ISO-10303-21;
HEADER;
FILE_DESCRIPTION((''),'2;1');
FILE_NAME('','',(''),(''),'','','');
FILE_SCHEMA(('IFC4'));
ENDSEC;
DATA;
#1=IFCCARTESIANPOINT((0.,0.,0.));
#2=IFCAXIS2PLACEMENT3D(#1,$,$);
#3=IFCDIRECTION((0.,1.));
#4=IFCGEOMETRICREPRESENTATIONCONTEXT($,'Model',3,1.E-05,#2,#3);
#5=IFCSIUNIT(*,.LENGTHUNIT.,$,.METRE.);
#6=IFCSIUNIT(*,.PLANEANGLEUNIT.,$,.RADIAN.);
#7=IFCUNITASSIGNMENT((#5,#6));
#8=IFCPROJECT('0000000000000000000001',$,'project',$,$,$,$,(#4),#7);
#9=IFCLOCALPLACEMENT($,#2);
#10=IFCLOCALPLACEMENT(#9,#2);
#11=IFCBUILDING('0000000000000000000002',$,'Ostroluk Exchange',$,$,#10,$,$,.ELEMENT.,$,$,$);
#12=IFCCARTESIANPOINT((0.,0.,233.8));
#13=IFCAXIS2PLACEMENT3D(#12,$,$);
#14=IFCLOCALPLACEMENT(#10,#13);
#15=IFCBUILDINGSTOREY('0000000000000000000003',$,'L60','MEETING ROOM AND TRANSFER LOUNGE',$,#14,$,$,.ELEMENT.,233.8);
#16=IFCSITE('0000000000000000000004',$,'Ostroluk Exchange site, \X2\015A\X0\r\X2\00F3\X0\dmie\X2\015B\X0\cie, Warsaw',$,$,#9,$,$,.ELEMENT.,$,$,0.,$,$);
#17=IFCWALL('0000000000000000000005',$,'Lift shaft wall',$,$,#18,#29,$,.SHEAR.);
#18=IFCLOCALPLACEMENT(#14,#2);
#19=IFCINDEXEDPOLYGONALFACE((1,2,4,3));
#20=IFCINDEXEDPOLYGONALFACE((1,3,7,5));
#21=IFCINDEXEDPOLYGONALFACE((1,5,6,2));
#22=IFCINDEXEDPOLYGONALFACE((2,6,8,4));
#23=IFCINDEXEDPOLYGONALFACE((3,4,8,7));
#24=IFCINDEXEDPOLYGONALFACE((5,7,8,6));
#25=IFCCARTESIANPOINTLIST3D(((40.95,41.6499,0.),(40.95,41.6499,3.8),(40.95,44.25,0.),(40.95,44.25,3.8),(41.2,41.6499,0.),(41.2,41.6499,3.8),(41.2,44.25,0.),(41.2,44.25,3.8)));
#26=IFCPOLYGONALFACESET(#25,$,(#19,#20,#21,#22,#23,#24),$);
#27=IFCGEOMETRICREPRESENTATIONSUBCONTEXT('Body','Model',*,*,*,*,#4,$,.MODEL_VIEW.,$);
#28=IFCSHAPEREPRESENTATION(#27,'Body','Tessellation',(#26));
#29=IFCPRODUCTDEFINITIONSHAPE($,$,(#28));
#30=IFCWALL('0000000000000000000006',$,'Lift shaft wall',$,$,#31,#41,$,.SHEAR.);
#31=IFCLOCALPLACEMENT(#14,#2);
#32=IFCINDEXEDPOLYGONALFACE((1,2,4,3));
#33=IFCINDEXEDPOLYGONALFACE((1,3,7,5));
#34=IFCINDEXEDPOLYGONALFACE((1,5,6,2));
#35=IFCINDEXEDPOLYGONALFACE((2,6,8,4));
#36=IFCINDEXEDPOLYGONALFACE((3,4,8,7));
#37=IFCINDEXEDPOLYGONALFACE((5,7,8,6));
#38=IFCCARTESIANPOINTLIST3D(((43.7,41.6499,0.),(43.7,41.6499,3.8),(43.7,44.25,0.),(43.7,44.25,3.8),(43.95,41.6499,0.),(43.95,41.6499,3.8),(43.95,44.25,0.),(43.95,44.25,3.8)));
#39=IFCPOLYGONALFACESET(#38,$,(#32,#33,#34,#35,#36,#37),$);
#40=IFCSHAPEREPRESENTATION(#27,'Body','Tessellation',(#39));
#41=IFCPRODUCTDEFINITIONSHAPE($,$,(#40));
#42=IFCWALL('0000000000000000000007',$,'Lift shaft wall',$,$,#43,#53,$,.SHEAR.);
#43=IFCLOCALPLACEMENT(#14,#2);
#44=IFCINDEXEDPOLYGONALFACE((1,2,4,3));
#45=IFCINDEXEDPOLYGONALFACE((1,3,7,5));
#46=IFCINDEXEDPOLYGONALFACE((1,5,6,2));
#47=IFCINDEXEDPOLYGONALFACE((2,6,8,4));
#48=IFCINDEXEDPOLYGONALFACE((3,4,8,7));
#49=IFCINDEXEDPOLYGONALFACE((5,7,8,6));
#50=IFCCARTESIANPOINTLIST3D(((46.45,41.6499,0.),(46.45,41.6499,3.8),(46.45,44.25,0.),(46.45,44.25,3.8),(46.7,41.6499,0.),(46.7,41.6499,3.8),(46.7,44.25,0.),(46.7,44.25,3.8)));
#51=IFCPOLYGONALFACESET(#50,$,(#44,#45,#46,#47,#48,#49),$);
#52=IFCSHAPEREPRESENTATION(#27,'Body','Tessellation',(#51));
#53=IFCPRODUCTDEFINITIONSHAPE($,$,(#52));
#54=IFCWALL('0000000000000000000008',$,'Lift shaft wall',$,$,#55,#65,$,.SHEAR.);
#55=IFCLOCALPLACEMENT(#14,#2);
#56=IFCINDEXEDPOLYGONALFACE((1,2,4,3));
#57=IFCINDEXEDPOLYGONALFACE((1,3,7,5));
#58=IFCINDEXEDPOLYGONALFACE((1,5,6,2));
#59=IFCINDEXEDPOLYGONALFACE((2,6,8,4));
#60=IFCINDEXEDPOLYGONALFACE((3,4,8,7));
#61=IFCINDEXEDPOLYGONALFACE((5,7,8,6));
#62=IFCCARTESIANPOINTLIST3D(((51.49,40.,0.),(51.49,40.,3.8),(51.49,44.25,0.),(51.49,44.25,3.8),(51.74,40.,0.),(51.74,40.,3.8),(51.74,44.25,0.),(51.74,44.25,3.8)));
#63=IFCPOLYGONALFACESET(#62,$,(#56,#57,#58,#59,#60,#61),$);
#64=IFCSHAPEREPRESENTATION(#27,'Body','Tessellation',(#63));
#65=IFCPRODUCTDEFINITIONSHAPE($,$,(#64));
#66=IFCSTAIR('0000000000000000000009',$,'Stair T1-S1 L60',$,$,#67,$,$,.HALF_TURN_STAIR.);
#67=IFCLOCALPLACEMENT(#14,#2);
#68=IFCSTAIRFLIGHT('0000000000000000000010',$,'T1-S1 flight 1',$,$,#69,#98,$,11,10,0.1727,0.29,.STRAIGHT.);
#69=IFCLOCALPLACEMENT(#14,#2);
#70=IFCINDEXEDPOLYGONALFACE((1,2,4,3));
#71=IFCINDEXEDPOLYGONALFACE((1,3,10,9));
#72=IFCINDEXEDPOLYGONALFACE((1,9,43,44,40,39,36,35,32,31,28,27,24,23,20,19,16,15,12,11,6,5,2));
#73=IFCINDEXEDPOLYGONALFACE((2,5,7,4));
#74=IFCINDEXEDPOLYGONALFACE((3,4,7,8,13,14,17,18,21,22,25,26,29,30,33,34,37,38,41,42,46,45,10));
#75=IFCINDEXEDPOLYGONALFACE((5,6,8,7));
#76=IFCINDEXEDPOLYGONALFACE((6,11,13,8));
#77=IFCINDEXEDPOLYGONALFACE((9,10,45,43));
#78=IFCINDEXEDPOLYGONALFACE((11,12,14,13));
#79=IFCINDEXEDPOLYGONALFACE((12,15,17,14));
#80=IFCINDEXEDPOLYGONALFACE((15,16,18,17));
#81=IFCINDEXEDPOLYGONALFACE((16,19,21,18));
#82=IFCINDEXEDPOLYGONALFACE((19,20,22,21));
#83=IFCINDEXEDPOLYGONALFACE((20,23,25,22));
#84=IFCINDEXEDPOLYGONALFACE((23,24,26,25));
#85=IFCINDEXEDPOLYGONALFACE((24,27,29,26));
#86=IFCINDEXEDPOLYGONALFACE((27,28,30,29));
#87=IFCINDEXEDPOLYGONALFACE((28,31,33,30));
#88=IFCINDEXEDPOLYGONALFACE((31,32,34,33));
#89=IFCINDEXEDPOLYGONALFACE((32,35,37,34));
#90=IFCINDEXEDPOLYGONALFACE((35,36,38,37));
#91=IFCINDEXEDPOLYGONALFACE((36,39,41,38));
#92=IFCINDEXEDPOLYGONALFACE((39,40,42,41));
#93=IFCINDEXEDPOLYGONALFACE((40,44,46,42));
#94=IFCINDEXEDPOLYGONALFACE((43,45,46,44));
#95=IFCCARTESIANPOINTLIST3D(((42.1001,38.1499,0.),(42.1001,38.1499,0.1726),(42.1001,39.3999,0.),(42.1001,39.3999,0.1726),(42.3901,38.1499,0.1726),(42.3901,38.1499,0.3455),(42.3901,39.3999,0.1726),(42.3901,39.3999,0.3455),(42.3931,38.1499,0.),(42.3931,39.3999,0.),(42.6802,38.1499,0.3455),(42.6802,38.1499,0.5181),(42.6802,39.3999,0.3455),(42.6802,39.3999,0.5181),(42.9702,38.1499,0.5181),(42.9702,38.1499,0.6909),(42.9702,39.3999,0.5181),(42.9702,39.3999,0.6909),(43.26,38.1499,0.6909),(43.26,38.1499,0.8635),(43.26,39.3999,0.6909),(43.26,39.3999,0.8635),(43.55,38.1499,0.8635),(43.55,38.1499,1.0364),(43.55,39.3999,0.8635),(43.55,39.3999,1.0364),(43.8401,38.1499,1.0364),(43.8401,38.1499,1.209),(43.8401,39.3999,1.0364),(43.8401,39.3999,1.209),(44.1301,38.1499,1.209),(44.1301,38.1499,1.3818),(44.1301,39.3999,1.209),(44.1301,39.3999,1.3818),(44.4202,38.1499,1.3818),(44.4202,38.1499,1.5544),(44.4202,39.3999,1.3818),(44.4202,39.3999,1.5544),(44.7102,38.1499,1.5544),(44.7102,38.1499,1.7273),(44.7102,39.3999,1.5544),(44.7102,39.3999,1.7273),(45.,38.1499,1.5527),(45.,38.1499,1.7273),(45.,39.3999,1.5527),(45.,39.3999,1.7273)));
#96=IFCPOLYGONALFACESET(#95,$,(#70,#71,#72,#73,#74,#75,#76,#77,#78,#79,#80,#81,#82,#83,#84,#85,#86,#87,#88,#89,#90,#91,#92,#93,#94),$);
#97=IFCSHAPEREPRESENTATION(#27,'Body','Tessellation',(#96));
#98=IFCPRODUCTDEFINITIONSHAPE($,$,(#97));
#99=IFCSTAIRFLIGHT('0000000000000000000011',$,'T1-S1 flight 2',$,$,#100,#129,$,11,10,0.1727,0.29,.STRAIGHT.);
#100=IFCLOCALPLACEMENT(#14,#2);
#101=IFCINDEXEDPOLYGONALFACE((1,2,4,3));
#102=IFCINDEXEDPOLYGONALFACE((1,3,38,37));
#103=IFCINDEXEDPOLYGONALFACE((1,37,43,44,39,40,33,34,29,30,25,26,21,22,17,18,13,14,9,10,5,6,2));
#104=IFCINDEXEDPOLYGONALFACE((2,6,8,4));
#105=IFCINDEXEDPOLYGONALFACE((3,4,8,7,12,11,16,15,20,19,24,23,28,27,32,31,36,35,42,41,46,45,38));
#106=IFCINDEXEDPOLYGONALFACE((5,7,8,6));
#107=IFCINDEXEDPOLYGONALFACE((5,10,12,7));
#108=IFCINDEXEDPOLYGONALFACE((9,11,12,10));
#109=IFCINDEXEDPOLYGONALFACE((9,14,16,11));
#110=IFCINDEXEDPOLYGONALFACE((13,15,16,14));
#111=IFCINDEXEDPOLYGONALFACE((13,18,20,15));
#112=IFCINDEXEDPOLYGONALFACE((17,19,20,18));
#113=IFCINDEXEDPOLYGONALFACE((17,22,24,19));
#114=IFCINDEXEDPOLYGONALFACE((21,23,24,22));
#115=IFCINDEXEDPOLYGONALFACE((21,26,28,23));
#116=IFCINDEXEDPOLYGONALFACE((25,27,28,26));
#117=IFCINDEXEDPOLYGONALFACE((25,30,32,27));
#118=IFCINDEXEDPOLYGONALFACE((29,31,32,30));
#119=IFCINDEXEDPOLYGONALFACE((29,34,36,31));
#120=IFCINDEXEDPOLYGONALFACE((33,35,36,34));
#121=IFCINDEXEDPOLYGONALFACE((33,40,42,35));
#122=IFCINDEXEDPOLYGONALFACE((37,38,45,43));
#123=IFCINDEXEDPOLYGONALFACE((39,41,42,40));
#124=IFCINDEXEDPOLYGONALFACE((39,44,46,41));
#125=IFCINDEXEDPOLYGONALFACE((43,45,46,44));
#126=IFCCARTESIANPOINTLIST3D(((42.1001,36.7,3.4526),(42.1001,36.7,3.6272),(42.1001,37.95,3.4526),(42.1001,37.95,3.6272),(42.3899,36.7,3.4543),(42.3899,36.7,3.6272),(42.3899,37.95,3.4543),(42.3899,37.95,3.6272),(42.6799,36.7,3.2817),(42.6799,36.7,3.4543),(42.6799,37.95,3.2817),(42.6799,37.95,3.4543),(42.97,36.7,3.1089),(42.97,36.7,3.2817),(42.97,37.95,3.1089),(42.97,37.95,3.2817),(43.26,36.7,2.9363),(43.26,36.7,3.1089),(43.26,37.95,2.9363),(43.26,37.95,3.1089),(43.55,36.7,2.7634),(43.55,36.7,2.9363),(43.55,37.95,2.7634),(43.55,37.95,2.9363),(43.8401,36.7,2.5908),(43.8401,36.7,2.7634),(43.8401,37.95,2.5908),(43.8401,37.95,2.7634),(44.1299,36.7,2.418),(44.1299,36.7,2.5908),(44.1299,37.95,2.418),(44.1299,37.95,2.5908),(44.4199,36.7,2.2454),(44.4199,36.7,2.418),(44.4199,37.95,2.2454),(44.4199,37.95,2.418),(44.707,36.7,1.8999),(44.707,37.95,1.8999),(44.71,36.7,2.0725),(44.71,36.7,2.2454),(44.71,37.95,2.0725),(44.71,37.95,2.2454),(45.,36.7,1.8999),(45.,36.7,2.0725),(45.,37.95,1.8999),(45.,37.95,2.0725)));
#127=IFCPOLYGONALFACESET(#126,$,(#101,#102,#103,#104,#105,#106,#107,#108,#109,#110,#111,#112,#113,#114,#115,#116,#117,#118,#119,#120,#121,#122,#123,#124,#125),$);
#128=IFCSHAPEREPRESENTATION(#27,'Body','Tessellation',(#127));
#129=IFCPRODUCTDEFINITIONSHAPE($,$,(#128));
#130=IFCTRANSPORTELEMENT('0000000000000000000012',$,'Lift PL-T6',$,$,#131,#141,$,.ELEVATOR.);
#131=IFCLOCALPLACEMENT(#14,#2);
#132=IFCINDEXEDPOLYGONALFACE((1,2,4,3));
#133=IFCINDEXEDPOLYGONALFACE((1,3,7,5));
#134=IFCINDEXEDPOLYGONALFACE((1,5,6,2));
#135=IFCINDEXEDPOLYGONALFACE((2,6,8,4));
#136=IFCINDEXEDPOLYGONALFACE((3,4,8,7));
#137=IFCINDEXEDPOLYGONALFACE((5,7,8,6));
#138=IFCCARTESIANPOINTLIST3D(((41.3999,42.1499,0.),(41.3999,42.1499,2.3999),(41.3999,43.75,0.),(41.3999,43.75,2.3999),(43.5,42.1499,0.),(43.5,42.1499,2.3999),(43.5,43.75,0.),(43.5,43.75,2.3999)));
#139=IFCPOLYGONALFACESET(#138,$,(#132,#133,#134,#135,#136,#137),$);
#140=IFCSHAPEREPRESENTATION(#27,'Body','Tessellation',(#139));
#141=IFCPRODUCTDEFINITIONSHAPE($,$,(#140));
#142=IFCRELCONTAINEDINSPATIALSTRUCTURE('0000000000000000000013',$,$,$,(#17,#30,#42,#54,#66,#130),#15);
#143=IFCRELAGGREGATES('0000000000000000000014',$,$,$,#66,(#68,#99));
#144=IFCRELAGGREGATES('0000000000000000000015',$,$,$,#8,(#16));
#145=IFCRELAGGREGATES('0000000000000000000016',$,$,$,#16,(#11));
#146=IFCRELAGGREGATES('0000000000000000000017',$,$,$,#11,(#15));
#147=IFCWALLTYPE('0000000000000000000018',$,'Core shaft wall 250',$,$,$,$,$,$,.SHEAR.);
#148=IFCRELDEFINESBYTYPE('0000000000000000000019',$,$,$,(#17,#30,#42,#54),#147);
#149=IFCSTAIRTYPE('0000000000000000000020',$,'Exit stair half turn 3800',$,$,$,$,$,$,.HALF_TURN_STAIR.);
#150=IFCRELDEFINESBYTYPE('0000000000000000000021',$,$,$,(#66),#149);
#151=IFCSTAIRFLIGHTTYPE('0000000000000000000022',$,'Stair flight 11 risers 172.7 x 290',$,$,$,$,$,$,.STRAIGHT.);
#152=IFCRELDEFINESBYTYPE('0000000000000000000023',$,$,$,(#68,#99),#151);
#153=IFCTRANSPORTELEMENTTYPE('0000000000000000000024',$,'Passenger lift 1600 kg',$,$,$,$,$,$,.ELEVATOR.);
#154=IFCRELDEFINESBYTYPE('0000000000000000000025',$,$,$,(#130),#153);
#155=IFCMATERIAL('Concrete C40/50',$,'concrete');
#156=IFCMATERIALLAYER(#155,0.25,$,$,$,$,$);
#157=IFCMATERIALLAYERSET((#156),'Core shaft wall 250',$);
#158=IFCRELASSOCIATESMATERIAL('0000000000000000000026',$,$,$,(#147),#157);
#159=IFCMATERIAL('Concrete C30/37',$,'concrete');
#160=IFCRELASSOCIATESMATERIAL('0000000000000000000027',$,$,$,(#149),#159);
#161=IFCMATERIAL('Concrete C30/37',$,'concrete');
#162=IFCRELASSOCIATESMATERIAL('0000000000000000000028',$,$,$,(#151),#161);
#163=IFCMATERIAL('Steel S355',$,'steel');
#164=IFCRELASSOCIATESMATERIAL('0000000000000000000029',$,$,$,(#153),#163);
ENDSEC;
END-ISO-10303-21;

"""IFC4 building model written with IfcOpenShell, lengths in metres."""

from ifc_helpers import new_model, si_unit, direction, frame, frame_2d, origin, origin_2d, place, context, subcontext, project, spatial, polyline, rectangle, outline, extrude, material, layer, layer_set, type_object, element, aggregate, save


model = new_model("IFC4")

# Units and contexts
model_context = context("Model", 3, precision=1e-05, world=origin(), true_north=direction((0.0, 1.0)))
body_context = subcontext(model_context, "Body", "Model", "MODEL_VIEW")
ifc_project = project(units=[si_unit("LENGTHUNIT", "METRE"), si_unit("PLANEANGLEUNIT", "RADIAN")], contexts=[model_context])

# Site, building, storey
site_placement = place(None, origin())
site = spatial("IfcSite", under=ifc_project, at=site_placement, Name="Ostroluk Exchange site, Śródmieście, Warsaw", CompositionType="ELEMENT", RefElevation=0.0)
building_placement = place(site_placement, origin())
building = spatial("IfcBuilding", under=site, at=building_placement, Name="Ostroluk Exchange", CompositionType="ELEMENT")
storey_placement = place(building_placement, frame((0.0, 0.0, 233.8)))
storey = spatial("IfcBuildingStorey", under=building, at=storey_placement, Name="L60", Description="MEETING ROOM AND TRANSFER LOUNGE", CompositionType="ELEMENT", Elevation=233.8)

# Shared definitions
ifc_material_1 = material(Name="Concrete C40/50", Category="concrete")
ifc_layer_1 = layer(ifc_material_1, 0.25)
ifc_layer_set_1 = layer_set([ifc_layer_1], Name="Core shaft wall 250")
wall_type_1 = type_object("IfcWallType", Name="Core shaft wall 250", PredefinedType="SHEAR", material=ifc_layer_set_1)

# Walls
for number, where, z_axis, x_axis, name in (
    (1, (41.075, 44.25, 0.0), (0.0, 0.0, 1.0), (0.0, -1.0, 0.0), "Lift shaft wall"),
    (2, (43.825, 44.25, 0.0), (0.0, 0.0, 1.0), (0.0, -1.0, 0.0), "Lift shaft wall"),
    (3, (46.575, 44.25, 0.0), (0.0, 0.0, 1.0), (0.0, -1.0, 0.0), "Lift shaft wall"),
):
    element("IfcWall", number, at=place(storey_placement, frame(where, z_axis=z_axis, x_axis=x_axis)), inside=storey, type_object=wall_type_1, Name=name, PredefinedType="SHEAR", context=body_context, shape_type="SweptSolid", body=[
        extrude(rectangle(XDim=2.6001, YDim=0.25, at=frame_2d((1.3, 0.0))), origin(), (0.0, 0.0, 1.0), 3.8),
    ])
wall_1_placement = place(storey_placement, frame((51.615, 44.25, 0.0), z_axis=(0.0, 0.0, 1.0), x_axis=(0.0, -1.0, 0.0)))
element("IfcWall", 4, at=wall_1_placement, inside=storey, type_object=wall_type_1, Name="Lift shaft wall", PredefinedType="SHEAR", context=body_context, shape_type="SweptSolid", body=[
    extrude(rectangle(XDim=4.25, YDim=0.25, at=frame_2d((2.125, 0.0))), origin(), (0.0, 0.0, 1.0), 3.8),
])

# Stair, stair flights
ifc_material_2 = material(Name="Concrete C30/37", Category="concrete")
stair_type = type_object("IfcStairType", Name="Exit stair half turn 3800", PredefinedType="HALF_TURN_STAIR", material=ifc_material_2)
stair_placement = place(storey_placement, origin())
stair = element("IfcStair", 5, at=stair_placement, inside=storey, type_object=stair_type, Name="Stair T1-S1 L60", PredefinedType="HALF_TURN_STAIR")
ifc_material_3 = material(Name="Concrete C30/37", Category="concrete")
stair_flight_type = type_object("IfcStairFlightType", Name="Stair flight 11 risers 172.7 x 290", PredefinedType="STRAIGHT", material=ifc_material_3)
stair_flight_1_placement = place(storey_placement, frame((42.1001, 38.7749, 0.0), z_axis=(0.0, 0.0, 1.0), x_axis=(1.0, 0.0, 0.0)))
stair_flight_1 = element("IfcStairFlight", 6, at=stair_flight_1_placement, type_object=stair_flight_type, Name="T1-S1 flight 1", NumberOfRisers=11, NumberOfTreads=10, PredefinedType="STRAIGHT", RiserHeight=0.1727, TreadLength=0.29, context=body_context, shape_type="SweptSolid", body=[
    extrude(outline(polyline([(0.0, 0.0), (0.0, 0.1726), (0.29, 0.1726), (0.29, 0.3455), (0.5801, 0.3455), (0.5801, 0.5181), (0.8701, 0.5181), (0.8701, 0.6909), (1.1599, 0.6909), (1.1599, 0.8635), (1.45, 0.8635), (1.45, 1.0364), (1.74, 1.0364), (1.74, 1.209), (2.03, 1.209), (2.03, 1.3818), (2.3201, 1.3818), (2.3201, 1.5544), (2.6101, 1.5544), (2.6101, 1.7273), (2.8999, 1.7273), (2.8999, 1.8999), (2.8999, 1.5527), (0.293, 0.0), (0.0, 0.0)])), frame((0.0, 0.625, 0.0), z_axis=(0.0, -1.0, 0.0), x_axis=(1.0, 0.0, 0.0)), (0.0, 0.0, 1.0), 1.25),
])
stair_flight_2_placement = place(storey_placement, frame((45.0, 37.325, 1.8999), z_axis=(0.0, 0.0, 1.0), x_axis=(-1.0, 0.0, 0.0)))
stair_flight_2 = element("IfcStairFlight", 7, at=stair_flight_2_placement, type_object=stair_flight_type, Name="T1-S1 flight 2", NumberOfRisers=11, NumberOfTreads=10, PredefinedType="STRAIGHT", RiserHeight=0.1727, TreadLength=0.29, context=body_context, shape_type="SweptSolid", body=[
    extrude(outline(polyline([(0.0, 0.0), (0.0, 0.1726), (0.29, 0.1726), (0.29, 0.3455), (0.5801, 0.3455), (0.5801, 0.5181), (0.8701, 0.5181), (0.8701, 0.6909), (1.1599, 0.6909), (1.1599, 0.8635), (1.45, 0.8635), (1.45, 1.0364), (1.74, 1.0364), (1.74, 1.209), (2.03, 1.209), (2.03, 1.3818), (2.3201, 1.3818), (2.3201, 1.5544), (2.6101, 1.5544), (2.6101, 1.7273), (2.8999, 1.7273), (2.8999, 1.8999), (2.8999, 1.5527), (0.293, 0.0), (0.0, 0.0)])), frame((0.0, 0.625, 0.0), z_axis=(0.0, -1.0, 0.0), x_axis=(1.0, 0.0, 0.0)), (0.0, 0.0, 1.0), 1.25),
])
aggregate(stair, [stair_flight_1, stair_flight_2])

# Transport element
ifc_material_4 = material(Name="Steel S355", Category="steel")
transport_element_type = type_object("IfcTransportElementType", Name="Passenger lift 1600 kg", PredefinedType="ELEVATOR", material=ifc_material_4)
transport_element_placement = place(storey_placement, frame((42.45, 42.95, 0.0), z_axis=(0.0, 0.0, 1.0), x_axis=(1.0, 0.0, 0.0)))
element("IfcTransportElement", 8, at=transport_element_placement, inside=storey, type_object=transport_element_type, Name="Lift PL-T6", PredefinedType="ELEVATOR", context=body_context, shape_type="SweptSolid", body=[
    extrude(rectangle(XDim=2.1001, YDim=1.6001, at=origin_2d()), origin(), (0.0, 0.0, 1.0), 2.3999),
])

save(model, "model.ifc")
